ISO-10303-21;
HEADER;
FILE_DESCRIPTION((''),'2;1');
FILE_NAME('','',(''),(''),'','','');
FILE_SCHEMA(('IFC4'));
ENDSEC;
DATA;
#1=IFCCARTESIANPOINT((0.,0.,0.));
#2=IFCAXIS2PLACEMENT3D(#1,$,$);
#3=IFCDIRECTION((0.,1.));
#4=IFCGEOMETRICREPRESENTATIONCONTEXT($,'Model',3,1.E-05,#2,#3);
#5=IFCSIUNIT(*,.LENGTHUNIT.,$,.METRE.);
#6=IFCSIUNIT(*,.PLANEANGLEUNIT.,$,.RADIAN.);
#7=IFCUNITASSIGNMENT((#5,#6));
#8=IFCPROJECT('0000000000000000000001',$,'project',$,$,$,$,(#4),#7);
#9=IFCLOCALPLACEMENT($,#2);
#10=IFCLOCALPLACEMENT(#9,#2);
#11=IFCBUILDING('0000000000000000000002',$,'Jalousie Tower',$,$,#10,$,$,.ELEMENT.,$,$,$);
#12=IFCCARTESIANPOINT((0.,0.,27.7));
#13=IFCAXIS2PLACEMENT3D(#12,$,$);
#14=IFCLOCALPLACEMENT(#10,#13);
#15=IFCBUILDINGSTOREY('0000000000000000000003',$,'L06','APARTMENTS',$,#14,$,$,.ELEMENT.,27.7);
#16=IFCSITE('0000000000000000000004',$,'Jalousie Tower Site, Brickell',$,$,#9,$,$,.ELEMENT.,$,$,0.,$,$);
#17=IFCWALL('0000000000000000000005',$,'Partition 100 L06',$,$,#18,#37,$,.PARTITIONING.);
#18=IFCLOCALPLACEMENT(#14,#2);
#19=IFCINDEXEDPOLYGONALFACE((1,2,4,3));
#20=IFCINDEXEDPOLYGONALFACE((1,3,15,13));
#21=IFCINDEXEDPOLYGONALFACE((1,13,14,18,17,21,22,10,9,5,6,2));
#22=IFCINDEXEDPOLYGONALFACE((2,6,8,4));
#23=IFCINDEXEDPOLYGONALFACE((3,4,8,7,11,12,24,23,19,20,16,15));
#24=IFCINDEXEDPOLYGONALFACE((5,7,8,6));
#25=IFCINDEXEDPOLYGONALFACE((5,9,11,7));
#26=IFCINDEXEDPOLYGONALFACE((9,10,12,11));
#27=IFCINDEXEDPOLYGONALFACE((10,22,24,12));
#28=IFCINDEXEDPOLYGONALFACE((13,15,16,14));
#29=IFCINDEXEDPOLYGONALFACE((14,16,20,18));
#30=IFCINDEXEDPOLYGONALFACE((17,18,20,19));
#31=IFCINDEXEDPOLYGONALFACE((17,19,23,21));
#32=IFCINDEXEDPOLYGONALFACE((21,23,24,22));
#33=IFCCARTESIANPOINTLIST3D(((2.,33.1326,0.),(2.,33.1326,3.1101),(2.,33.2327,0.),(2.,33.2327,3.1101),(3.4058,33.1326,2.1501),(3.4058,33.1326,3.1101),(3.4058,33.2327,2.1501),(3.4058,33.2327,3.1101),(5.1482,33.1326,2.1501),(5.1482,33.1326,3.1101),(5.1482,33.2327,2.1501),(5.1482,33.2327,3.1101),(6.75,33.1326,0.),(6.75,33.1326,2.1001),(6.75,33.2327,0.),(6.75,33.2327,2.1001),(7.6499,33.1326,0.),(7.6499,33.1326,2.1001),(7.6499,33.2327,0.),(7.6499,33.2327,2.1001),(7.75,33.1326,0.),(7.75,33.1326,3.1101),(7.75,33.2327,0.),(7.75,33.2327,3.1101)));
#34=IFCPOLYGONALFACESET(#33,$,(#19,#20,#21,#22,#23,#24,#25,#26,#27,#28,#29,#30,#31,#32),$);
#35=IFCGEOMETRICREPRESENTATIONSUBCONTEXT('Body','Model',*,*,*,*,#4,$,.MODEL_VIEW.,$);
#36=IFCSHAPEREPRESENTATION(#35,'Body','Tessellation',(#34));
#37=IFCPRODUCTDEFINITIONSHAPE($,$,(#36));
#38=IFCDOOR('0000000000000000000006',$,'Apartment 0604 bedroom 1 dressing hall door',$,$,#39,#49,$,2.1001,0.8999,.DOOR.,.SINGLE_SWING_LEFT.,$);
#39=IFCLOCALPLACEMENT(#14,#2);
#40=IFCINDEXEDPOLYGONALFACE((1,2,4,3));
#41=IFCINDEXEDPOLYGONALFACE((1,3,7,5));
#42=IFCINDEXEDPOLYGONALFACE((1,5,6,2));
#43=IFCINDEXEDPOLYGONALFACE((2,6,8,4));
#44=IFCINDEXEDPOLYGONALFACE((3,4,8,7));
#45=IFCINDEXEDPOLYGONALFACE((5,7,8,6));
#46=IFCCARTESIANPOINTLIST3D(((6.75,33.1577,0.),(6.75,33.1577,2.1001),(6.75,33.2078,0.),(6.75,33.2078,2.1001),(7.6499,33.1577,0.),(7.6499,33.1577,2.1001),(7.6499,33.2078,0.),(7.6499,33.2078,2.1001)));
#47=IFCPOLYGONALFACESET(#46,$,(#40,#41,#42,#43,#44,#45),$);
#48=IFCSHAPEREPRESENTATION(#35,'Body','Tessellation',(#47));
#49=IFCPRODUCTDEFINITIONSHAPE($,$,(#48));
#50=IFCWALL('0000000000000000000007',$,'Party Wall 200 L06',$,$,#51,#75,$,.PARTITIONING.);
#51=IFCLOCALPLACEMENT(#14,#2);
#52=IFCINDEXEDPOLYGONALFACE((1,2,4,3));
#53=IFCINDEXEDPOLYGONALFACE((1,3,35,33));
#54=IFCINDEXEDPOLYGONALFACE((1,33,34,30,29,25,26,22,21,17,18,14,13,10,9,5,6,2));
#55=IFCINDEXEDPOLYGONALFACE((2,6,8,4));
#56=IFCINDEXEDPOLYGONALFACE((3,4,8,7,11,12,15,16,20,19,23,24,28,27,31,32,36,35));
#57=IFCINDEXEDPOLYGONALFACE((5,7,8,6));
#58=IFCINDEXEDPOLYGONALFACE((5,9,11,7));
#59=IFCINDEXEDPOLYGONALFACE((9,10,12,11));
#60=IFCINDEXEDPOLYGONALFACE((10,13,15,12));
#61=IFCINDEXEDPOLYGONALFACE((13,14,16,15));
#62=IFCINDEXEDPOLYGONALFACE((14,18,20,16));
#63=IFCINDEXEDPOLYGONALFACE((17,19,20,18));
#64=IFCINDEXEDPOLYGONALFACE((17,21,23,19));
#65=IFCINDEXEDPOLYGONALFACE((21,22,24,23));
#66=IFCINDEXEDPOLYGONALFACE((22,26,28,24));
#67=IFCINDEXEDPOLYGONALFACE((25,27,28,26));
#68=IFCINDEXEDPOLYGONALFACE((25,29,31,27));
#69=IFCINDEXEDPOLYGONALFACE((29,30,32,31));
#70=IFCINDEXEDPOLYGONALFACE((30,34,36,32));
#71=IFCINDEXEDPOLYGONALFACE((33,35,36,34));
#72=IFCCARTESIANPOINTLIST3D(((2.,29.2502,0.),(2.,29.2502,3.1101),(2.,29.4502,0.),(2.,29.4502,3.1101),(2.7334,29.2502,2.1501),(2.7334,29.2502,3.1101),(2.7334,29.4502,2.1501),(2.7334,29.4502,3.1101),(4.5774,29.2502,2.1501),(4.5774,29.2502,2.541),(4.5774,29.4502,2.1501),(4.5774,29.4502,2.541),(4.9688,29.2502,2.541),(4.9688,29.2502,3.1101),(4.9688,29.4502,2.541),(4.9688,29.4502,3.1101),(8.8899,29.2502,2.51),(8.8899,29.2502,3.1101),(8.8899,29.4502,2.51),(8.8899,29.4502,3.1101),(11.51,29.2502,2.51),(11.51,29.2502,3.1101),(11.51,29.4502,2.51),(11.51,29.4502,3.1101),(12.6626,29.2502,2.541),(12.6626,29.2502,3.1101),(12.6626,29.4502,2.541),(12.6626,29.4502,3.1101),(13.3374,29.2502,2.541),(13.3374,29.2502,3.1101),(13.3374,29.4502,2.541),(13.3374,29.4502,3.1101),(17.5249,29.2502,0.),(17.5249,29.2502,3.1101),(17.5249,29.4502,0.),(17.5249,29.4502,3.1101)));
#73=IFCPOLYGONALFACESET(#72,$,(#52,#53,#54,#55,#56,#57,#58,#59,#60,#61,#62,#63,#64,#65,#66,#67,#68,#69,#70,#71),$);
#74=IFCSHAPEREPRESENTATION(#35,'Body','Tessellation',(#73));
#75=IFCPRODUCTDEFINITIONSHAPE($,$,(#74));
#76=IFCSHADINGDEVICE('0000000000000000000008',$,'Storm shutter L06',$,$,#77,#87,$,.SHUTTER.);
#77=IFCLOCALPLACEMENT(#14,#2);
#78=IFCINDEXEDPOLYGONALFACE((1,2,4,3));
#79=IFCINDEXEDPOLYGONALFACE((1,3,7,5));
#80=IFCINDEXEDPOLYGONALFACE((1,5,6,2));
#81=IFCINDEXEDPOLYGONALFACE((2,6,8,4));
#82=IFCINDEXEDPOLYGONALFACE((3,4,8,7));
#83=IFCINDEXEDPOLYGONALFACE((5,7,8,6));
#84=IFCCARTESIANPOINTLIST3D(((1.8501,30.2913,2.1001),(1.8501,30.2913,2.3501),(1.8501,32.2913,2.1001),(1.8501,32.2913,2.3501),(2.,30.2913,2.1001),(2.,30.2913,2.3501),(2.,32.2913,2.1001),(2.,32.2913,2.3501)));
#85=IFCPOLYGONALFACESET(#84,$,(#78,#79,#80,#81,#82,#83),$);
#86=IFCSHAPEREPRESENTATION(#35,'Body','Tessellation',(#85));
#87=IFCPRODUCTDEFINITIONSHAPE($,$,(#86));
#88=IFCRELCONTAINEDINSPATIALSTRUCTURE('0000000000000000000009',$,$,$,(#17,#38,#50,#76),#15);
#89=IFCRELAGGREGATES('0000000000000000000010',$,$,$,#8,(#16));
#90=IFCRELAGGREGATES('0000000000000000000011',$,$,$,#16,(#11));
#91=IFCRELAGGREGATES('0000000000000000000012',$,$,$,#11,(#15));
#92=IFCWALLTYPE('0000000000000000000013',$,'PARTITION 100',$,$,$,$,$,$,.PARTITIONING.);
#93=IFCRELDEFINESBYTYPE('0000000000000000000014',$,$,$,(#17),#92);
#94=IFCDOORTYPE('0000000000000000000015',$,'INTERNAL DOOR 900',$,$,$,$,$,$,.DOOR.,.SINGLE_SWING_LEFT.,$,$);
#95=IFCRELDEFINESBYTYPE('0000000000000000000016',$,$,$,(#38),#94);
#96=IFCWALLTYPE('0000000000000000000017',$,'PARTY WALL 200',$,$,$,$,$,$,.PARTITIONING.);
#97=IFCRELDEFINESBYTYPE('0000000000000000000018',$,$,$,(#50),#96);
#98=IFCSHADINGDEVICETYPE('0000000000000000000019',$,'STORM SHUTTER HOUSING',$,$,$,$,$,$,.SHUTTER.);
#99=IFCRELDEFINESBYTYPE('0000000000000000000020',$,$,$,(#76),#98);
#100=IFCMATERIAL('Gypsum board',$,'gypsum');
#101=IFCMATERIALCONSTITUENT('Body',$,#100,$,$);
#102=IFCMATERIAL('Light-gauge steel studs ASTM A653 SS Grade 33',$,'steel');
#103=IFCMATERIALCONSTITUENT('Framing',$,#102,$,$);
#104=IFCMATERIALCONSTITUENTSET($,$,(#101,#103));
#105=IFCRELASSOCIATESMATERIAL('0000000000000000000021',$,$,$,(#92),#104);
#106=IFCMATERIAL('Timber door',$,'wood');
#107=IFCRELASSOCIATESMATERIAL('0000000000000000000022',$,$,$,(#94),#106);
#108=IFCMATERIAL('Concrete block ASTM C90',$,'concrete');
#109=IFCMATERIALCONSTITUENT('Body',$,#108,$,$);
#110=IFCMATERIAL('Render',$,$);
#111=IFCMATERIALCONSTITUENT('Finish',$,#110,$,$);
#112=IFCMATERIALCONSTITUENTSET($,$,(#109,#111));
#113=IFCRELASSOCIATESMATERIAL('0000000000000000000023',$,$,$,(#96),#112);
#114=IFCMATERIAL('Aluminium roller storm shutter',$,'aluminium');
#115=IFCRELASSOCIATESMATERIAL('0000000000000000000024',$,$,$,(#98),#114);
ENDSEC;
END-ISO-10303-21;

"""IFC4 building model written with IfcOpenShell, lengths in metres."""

from ifc_helpers import new_model, si_unit, direction, frame, frame_2d, origin, origin_2d, place, context, subcontext, project, spatial, polyline, rectangle, outline, extrude, material, constituent, constituent_set, type_object, element, fill, save


model = new_model("IFC4")

# Units and contexts
model_context = context("Model", 3, precision=1e-05, world=origin(), true_north=direction((0.0, 1.0)))
body_context = subcontext(model_context, "Body", "Model", "MODEL_VIEW")
ifc_project = project(units=[si_unit("LENGTHUNIT", "METRE"), si_unit("PLANEANGLEUNIT", "RADIAN")], contexts=[model_context])

# Site, building, storey
site_placement = place(None, origin())
site = spatial("IfcSite", under=ifc_project, at=site_placement, Name="Jalousie Tower Site, Brickell", CompositionType="ELEMENT", RefElevation=0.0)
building_placement = place(site_placement, origin())
building = spatial("IfcBuilding", under=site, at=building_placement, Name="Jalousie Tower", CompositionType="ELEMENT")
storey_placement = place(building_placement, frame((0.0, 0.0, 27.7)))
storey = spatial("IfcBuildingStorey", under=building, at=storey_placement, Name="L06", Description="APARTMENTS", CompositionType="ELEMENT", Elevation=27.7)

# Shared definitions
ifc_material_1 = material(Name="Gypsum board", Category="gypsum")
ifc_constituent_1 = constituent(ifc_material_1, Name="Body")
ifc_material_2 = material(Name="Light-gauge steel studs ASTM A653 SS Grade 33", Category="steel")
ifc_constituent_2 = constituent(ifc_material_2, Name="Framing")
ifc_constituent_set_1 = constituent_set(constituents=[ifc_constituent_1, ifc_constituent_2])
wall_type_1 = type_object("IfcWallType", Name="PARTITION 100", PredefinedType="PARTITIONING", material=ifc_constituent_set_1)

# Wall, opening, door
wall_1_placement = place(storey_placement, frame((2.0, 33.1826, 0.0), z_axis=(0.0, 0.0, 1.0), x_axis=(1.0, 0.0, 0.0)))
wall_1 = element("IfcWall", 1, at=wall_1_placement, inside=storey, type_object=wall_type_1, Name="Partition 100 L06", PredefinedType="PARTITIONING", context=body_context, shape_type="SweptSolid", body=[
    extrude(outline(polyline([(0.0, 0.0), (5.75, 0.0), (5.75, 3.1101), (3.1482, 3.1101), (3.1482, 2.1501), (1.4058, 2.1501), (1.4058, 3.1101), (0.0, 3.1101), (0.0, 0.0)])), frame((0.0, 0.05, 0.0), z_axis=(0.0, -1.0, 0.0), x_axis=(1.0, 0.0, 0.0)), (0.0, 0.0, 1.0), 0.1001),
])
opening_1_placement = place(wall_1_placement, frame((4.75, 0.0, 0.0)))
opening_1 = element("IfcOpeningElement", 2, at=opening_1_placement, cuts=wall_1, PredefinedType="OPENING", context=body_context, shape_type="SweptSolid", body=[
    extrude(rectangle(XDim=0.8999, YDim=2.1001, at=frame_2d((0.45, 1.05))), frame((0.0, 0.0601, 0.0), z_axis=(0.0, -1.0, 0.0), x_axis=(1.0, 0.0, 0.0)), (0.0, 0.0, 1.0), 0.1201),
])
ifc_material_3 = material(Name="Timber door", Category="wood")
door_type_1 = type_object("IfcDoorType", Name="INTERNAL DOOR 900", OperationType="SINGLE_SWING_LEFT", PredefinedType="DOOR", material=ifc_material_3)
door_1_placement = place(opening_1_placement, frame((0.8999, 0.0, 0.0), z_axis=(0.0, 0.0, 1.0), x_axis=(-1.0, 0.0, 0.0)))
door_1 = element("IfcDoor", 3, at=door_1_placement, inside=storey, type_object=door_type_1, Name="Apartment 0604 bedroom 1 dressing hall door", OperationType="SINGLE_SWING_LEFT", OverallHeight=2.1001, OverallWidth=0.8999, PredefinedType="DOOR", context=body_context, shape_type="SweptSolid", body=[
    extrude(rectangle(XDim=0.8999, YDim=2.1001, at=frame_2d((0.45, 1.05))), frame((0.0, 0.0249, 0.0), z_axis=(0.0, -1.0, 0.0), x_axis=(1.0, 0.0, 0.0)), (0.0, 0.0, 1.0), 0.05),
])
fill(opening_1, door_1)

# Wall
ifc_material_4 = material(Name="Concrete block ASTM C90", Category="concrete")
ifc_constituent_3 = constituent(ifc_material_4, Name="Body")
ifc_material_5 = material(Name="Render")
ifc_constituent_4 = constituent(ifc_material_5, Name="Finish")
ifc_constituent_set_2 = constituent_set(constituents=[ifc_constituent_3, ifc_constituent_4])
wall_type_2 = type_object("IfcWallType", Name="PARTY WALL 200", PredefinedType="PARTITIONING", material=ifc_constituent_set_2)
wall_2_placement = place(storey_placement, frame((2.0, 29.3501, 0.0), z_axis=(0.0, 0.0, 1.0), x_axis=(1.0, 0.0, 0.0)))
element("IfcWall", 4, at=wall_2_placement, inside=storey, type_object=wall_type_2, Name="Party Wall 200 L06", PredefinedType="PARTITIONING", context=body_context, shape_type="SweptSolid", body=[
    extrude(outline(polyline([(0.0, 0.0), (15.5249, 0.0), (15.5249, 3.1101), (11.3374, 3.1101), (11.3374, 2.541), (10.6626, 2.541), (10.6626, 3.1101), (9.51, 3.1101), (9.51, 2.51), (6.8899, 2.51), (6.8899, 3.1101), (2.9688, 3.1101), (2.9688, 2.541), (2.5774, 2.541), (2.5774, 2.1501), (0.7334, 2.1501), (0.7334, 3.1101), (0.0, 3.1101), (0.0, 0.0)])), frame((0.0, 0.1001, 0.0), z_axis=(0.0, -1.0, 0.0), x_axis=(1.0, 0.0, 0.0)), (0.0, 0.0, 1.0), 0.2),
])

# Shading device
ifc_material_6 = material(Name="Aluminium roller storm shutter", Category="aluminium")
shading_device_type = type_object("IfcShadingDeviceType", Name="STORM SHUTTER HOUSING", PredefinedType="SHUTTER", material=ifc_material_6)
shading_device_placement = place(storey_placement, frame((1.925, 31.2913, 2.1001), z_axis=(0.0, 0.0, 1.0), x_axis=(0.0, -1.0, 0.0)))
element("IfcShadingDevice", 5, at=shading_device_placement, inside=storey, type_object=shading_device_type, Name="Storm shutter L06", PredefinedType="SHUTTER", context=body_context, shape_type="SweptSolid", body=[
    extrude(rectangle(XDim=2.0, YDim=0.1499, at=origin_2d()), origin(), (0.0, 0.0, 1.0), 0.25),
])

save(model, "model.ifc")
